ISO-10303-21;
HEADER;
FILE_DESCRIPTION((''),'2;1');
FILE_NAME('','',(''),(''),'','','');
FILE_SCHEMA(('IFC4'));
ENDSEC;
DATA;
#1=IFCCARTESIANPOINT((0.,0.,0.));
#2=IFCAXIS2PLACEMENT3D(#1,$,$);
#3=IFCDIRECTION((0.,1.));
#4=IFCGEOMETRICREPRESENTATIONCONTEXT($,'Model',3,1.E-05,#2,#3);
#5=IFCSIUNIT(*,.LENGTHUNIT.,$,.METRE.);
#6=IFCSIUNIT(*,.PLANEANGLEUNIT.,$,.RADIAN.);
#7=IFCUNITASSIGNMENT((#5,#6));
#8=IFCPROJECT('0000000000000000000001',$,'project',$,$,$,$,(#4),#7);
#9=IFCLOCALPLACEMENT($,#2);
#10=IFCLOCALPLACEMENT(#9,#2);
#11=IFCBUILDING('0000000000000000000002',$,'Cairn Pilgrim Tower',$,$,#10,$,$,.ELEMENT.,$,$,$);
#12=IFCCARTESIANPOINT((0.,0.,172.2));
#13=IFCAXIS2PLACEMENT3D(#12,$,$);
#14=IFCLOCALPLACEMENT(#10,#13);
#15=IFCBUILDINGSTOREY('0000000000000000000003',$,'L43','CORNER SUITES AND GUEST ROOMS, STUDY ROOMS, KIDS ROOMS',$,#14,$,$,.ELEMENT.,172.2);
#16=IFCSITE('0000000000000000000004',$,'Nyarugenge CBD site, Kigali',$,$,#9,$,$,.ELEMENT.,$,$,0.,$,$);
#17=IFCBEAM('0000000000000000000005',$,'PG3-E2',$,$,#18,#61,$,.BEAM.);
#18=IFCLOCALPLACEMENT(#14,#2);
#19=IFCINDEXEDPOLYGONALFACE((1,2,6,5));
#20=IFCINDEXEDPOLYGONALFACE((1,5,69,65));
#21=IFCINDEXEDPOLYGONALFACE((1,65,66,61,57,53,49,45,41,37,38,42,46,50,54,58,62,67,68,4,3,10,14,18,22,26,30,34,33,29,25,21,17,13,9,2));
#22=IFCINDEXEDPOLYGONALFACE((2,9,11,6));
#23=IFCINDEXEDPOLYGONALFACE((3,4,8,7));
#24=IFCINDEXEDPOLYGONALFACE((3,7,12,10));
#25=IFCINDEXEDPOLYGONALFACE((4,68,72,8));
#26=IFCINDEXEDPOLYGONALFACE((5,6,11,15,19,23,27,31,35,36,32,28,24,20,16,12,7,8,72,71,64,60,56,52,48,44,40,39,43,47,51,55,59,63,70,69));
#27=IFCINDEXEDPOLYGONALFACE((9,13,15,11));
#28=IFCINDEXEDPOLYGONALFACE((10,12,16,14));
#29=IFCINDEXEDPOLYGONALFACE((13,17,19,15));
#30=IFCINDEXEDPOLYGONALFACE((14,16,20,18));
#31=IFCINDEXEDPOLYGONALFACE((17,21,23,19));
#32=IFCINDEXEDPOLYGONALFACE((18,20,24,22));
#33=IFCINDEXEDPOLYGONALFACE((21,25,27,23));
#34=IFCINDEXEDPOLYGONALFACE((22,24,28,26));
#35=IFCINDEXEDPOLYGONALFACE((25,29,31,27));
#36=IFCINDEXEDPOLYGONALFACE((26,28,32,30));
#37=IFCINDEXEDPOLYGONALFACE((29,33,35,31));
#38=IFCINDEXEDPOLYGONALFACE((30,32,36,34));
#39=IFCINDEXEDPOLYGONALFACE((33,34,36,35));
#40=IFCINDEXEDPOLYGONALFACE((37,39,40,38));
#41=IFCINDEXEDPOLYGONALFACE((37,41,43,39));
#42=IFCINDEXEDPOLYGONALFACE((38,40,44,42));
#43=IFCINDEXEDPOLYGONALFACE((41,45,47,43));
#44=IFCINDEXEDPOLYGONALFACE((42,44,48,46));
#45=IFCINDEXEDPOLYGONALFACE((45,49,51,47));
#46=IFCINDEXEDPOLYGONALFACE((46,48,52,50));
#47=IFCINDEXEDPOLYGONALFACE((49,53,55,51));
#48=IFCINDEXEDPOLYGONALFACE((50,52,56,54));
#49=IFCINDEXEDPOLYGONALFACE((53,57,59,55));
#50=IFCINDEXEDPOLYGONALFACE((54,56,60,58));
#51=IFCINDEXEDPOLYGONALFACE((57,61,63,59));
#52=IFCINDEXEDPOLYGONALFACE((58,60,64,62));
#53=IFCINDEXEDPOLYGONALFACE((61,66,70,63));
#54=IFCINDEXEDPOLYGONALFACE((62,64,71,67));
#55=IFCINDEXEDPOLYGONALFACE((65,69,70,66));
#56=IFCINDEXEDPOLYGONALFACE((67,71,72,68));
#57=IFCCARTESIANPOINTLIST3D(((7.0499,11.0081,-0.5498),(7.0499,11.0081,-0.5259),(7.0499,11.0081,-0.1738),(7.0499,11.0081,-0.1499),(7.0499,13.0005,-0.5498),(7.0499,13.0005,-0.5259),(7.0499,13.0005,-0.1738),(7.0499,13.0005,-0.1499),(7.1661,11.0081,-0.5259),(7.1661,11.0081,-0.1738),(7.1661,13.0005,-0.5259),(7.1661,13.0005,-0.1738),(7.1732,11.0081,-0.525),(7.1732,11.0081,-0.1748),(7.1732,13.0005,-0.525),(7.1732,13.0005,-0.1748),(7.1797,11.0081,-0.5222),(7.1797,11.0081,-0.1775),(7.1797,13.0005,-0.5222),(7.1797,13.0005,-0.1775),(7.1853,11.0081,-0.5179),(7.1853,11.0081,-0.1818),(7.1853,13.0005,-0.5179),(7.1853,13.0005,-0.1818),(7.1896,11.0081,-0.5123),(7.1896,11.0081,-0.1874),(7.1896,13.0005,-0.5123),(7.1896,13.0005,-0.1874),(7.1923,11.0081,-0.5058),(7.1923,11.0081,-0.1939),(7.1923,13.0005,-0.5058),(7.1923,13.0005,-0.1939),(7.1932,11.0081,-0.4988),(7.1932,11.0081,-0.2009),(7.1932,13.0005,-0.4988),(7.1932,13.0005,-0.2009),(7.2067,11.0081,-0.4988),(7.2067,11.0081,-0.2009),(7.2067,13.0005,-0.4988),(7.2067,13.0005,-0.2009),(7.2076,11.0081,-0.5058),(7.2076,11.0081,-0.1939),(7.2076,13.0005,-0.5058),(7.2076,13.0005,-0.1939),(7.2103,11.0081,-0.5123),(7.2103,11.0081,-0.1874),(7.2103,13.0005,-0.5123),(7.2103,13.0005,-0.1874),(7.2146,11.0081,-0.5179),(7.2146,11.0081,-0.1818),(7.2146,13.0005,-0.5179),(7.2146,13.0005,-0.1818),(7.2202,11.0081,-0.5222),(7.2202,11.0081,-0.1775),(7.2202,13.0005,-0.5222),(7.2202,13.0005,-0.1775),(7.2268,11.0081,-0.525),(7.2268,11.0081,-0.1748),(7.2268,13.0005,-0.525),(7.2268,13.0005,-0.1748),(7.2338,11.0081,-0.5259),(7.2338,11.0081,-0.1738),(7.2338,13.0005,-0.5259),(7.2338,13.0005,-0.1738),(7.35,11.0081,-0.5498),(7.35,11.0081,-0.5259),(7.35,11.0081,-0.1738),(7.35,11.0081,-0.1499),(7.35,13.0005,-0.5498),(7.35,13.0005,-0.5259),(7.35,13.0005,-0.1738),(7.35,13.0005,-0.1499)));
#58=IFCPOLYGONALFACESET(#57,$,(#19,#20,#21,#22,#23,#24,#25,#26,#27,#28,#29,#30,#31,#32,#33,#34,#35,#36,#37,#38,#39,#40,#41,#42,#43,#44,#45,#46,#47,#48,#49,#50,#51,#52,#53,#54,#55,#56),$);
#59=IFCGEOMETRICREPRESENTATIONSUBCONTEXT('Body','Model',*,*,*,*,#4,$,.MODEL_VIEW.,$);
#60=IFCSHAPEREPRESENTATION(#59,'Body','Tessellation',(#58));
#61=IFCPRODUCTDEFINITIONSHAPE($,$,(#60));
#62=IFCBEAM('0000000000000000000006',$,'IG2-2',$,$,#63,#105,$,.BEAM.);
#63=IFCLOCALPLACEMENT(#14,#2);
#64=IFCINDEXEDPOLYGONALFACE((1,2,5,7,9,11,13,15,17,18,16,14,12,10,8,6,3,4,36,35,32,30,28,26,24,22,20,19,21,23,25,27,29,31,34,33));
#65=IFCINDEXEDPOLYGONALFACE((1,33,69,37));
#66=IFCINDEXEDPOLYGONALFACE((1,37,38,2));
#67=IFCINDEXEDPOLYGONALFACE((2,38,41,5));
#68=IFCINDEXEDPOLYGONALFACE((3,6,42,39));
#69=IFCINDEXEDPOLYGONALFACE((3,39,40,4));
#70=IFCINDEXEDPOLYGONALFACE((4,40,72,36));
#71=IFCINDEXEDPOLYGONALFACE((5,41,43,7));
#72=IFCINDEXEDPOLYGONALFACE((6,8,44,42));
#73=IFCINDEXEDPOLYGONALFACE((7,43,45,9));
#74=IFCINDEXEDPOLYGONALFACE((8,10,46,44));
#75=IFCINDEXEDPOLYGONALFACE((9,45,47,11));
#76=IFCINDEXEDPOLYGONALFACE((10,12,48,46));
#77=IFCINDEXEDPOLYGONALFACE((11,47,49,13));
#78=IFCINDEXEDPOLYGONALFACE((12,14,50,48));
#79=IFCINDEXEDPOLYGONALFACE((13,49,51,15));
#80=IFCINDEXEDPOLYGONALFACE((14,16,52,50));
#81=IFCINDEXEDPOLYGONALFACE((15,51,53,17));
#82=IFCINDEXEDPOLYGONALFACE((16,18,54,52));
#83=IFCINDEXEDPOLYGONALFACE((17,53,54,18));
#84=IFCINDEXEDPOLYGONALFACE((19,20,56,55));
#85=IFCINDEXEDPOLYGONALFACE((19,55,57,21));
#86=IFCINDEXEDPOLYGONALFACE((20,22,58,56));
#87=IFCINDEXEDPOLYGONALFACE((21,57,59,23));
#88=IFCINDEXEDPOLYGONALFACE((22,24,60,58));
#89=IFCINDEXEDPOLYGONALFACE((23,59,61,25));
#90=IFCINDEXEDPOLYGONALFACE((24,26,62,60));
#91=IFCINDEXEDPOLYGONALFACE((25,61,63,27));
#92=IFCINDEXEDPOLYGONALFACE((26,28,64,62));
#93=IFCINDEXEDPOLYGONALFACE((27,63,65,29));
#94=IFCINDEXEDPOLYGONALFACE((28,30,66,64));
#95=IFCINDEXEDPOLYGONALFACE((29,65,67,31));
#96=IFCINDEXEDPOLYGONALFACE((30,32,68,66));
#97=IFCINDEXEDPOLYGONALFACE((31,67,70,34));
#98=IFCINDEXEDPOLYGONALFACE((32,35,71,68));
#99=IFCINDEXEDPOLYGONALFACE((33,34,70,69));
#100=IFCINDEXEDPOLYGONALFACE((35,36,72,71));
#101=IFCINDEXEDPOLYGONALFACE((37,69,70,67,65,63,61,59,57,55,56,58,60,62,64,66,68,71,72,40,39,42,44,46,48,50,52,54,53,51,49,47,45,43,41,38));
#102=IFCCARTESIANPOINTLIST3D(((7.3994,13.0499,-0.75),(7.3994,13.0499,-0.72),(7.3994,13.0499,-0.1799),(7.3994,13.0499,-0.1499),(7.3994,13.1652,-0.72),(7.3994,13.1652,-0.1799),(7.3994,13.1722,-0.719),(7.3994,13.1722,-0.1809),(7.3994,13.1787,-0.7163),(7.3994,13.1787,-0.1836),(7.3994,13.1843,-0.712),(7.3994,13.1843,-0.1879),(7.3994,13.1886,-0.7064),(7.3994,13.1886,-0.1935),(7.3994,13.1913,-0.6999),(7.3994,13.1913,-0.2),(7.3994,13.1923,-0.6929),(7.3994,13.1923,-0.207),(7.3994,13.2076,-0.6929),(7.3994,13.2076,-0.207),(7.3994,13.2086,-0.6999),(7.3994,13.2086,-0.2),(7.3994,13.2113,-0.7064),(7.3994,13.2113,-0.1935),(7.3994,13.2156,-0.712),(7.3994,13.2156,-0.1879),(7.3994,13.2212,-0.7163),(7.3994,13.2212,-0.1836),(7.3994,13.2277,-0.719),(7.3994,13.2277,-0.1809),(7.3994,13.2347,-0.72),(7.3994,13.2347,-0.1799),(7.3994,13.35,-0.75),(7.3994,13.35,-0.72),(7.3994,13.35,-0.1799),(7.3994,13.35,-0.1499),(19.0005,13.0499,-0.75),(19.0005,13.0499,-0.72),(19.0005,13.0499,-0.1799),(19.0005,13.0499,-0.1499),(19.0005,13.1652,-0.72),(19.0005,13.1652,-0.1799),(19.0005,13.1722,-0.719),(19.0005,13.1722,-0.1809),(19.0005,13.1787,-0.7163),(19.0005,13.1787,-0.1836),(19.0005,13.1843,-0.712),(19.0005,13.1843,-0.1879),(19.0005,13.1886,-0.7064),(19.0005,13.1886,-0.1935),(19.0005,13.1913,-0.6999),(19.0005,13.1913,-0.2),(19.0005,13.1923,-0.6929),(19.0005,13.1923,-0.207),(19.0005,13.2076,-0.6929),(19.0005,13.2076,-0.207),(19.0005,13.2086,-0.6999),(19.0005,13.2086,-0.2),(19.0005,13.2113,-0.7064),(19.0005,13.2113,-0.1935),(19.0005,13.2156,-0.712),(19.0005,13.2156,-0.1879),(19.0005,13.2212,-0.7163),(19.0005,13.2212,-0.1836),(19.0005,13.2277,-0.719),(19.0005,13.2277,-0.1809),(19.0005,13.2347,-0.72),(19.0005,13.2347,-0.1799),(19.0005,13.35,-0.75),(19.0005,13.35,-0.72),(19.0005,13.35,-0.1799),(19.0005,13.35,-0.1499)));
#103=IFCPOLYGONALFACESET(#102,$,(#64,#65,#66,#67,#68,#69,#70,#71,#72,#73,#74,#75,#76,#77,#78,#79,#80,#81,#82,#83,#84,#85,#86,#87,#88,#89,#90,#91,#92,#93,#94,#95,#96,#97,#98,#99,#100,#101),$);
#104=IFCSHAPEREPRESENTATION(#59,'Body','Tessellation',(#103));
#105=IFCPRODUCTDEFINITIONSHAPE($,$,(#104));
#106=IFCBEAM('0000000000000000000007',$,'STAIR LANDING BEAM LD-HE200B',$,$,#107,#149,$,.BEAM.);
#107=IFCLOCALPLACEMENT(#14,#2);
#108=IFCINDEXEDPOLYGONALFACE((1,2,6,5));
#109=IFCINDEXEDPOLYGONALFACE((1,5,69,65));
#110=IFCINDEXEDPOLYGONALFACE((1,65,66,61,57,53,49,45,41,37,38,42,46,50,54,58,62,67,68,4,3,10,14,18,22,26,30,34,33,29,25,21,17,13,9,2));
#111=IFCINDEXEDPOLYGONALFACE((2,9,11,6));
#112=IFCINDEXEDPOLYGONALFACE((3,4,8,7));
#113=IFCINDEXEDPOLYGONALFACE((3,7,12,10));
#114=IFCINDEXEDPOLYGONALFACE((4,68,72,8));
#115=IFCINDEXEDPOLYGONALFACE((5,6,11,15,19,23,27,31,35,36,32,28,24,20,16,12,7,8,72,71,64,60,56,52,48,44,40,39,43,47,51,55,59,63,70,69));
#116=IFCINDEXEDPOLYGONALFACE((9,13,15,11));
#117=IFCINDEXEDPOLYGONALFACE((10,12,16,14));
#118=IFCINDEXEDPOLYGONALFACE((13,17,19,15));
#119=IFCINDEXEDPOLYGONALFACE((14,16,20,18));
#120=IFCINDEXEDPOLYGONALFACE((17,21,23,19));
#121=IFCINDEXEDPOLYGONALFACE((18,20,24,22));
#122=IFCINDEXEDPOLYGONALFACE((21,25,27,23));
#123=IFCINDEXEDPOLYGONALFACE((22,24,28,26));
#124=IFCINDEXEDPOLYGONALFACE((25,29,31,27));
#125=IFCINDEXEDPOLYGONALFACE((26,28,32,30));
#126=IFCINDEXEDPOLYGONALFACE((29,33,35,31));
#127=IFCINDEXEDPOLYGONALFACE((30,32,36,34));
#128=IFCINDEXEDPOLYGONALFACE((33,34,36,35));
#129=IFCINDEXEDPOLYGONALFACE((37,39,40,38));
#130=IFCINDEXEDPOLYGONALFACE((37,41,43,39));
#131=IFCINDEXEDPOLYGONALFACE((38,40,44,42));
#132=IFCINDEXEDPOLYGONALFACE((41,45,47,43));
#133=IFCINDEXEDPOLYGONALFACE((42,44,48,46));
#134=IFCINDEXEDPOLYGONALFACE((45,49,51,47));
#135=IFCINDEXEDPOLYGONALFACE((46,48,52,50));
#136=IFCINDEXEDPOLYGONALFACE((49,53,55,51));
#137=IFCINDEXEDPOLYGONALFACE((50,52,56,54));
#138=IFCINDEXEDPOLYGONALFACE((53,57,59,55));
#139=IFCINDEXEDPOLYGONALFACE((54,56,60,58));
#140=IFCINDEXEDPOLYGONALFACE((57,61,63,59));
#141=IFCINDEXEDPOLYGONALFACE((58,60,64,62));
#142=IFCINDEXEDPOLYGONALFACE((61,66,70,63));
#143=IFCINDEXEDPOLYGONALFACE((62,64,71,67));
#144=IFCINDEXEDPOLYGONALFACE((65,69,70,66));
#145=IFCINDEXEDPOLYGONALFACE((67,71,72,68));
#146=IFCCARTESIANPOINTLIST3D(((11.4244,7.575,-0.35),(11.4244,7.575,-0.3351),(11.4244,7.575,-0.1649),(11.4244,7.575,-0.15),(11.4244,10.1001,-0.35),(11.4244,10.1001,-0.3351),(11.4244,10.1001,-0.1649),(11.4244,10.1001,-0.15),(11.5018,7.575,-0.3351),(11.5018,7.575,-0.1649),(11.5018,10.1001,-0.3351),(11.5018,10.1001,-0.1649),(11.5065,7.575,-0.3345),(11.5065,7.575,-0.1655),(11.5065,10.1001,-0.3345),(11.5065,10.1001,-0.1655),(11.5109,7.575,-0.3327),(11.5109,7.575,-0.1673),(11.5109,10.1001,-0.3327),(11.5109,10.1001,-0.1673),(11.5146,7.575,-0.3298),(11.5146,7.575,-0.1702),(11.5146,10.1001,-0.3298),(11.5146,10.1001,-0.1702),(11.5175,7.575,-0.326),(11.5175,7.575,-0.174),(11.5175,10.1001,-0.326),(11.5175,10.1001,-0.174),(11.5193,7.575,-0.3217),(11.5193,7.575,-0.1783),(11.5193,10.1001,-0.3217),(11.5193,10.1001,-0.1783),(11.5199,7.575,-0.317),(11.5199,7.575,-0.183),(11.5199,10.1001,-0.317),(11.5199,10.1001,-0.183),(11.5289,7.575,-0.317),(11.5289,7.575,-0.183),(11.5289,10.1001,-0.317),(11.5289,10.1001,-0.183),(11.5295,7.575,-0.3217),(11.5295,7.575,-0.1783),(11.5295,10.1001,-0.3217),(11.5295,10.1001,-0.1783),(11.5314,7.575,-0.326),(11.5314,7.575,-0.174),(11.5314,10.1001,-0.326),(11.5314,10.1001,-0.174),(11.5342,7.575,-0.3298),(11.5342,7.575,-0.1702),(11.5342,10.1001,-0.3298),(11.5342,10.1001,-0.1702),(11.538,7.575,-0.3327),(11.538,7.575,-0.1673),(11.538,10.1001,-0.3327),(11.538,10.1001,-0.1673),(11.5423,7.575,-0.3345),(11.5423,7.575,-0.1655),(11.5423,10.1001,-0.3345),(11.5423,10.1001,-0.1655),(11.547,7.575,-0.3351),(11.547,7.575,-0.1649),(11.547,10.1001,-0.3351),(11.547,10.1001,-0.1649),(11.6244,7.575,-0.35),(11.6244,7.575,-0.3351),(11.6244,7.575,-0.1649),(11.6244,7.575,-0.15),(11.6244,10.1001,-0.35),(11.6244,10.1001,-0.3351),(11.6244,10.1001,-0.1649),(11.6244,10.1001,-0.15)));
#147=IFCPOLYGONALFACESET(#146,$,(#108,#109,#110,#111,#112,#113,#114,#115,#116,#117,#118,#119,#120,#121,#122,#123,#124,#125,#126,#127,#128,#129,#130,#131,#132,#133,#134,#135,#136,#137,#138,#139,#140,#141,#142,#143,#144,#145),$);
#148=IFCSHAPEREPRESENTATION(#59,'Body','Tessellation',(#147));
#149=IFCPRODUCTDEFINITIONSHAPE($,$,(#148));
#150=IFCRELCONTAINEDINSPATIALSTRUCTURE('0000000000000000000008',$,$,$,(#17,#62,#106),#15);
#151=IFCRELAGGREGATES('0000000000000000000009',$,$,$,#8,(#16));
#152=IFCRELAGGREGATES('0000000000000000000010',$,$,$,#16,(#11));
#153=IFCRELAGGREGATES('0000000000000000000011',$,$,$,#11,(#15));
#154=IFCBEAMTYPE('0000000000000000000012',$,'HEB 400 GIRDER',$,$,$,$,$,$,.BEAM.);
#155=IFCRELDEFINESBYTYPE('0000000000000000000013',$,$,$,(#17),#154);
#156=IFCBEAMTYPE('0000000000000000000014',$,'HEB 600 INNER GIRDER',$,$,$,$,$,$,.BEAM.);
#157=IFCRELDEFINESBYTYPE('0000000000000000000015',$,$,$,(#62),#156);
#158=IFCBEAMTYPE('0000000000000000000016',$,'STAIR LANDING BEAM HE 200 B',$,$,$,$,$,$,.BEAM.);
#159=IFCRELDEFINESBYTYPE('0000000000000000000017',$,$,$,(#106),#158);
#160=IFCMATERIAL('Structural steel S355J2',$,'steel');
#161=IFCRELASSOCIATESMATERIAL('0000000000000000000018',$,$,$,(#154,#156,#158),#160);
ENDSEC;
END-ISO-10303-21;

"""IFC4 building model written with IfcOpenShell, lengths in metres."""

from ifc_helpers import new_model, si_unit, direction, frame, origin, origin_2d, place, context, subcontext, project, spatial, i_section, extrude, material, material_profile, profile_set, type_object, element, save


model = new_model("IFC4")

# Units and contexts
model_context = context("Model", 3, precision=1e-05, world=origin(), true_north=direction((0.0, 1.0)))
body_context = subcontext(model_context, "Body", "Model", "MODEL_VIEW")
ifc_project = project(units=[si_unit("LENGTHUNIT", "METRE"), si_unit("PLANEANGLEUNIT", "RADIAN")], contexts=[model_context])

# Site, building, storey
site_placement = place(None, origin())
site = spatial("IfcSite", under=ifc_project, at=site_placement, Name="Nyarugenge CBD site, Kigali", CompositionType="ELEMENT", RefElevation=0.0)
building_placement = place(site_placement, origin())
building = spatial("IfcBuilding", under=site, at=building_placement, Name="Cairn Pilgrim Tower", CompositionType="ELEMENT")
storey_placement = place(building_placement, frame((0.0, 0.0, 172.2)))
storey = spatial("IfcBuildingStorey", under=building, at=storey_placement, Name="L43", Description="CORNER SUITES AND GUEST ROOMS, STUDY ROOMS, KIDS ROOMS", CompositionType="ELEMENT", Elevation=172.2)

# Shared definitions
ifc_material_1 = material(Name="Structural steel S355J2", Category="steel")

# Beams
ifc_material_profile_1 = material_profile(ifc_material_1, i_section(OverallWidth=0.3, OverallDepth=0.3999, WebThickness=0.0134, FlangeThickness=0.0239, FilletRadius=0.0271, at=origin_2d()), Name="HEB 400")
ifc_profile_set_1 = profile_set([ifc_material_profile_1], Name="Structural steel S355J2")
beam_type_1 = type_object("IfcBeamType", Name="HEB 400 GIRDER", PredefinedType="BEAM", material=ifc_profile_set_1)
beam_1_placement = place(storey_placement, frame((7.2, 11.0081, -0.3499), z_axis=(0.0, 1.0, 0.0), x_axis=(-1.0, 0.0, 0.0)))
element("IfcBeam", 1, at=beam_1_placement, inside=storey, type_object=beam_type_1, Name="PG3-E2", PredefinedType="BEAM", context=body_context, shape_type="SweptSolid", body=[
    extrude(i_section(OverallWidth=0.3, OverallDepth=0.3999, WebThickness=0.0134, FlangeThickness=0.0239, FilletRadius=0.0271, at=origin_2d()), origin(), (0.0, 0.0, 1.0), 1.9924),
])
ifc_material_profile_2 = material_profile(ifc_material_1, i_section(OverallWidth=0.3, OverallDepth=0.6001, WebThickness=0.0154, FlangeThickness=0.03, FilletRadius=0.0271, at=origin_2d()), Name="HEB 600")
ifc_profile_set_2 = profile_set([ifc_material_profile_2], Name="Structural steel S355J2")
beam_type_2 = type_object("IfcBeamType", Name="HEB 600 INNER GIRDER", PredefinedType="BEAM", material=ifc_profile_set_2)
beam_2_placement = place(storey_placement, frame((7.3994, 13.2, -0.45), z_axis=(1.0, 0.0, 0.0), x_axis=(0.0, 1.0, 0.0)))
element("IfcBeam", 2, at=beam_2_placement, inside=storey, type_object=beam_type_2, Name="IG2-2", PredefinedType="BEAM", context=body_context, shape_type="SweptSolid", body=[
    extrude(i_section(OverallWidth=0.3, OverallDepth=0.6001, WebThickness=0.0154, FlangeThickness=0.03, FilletRadius=0.0271, at=origin_2d()), origin(), (0.0, 0.0, 1.0), 11.6011),
])
ifc_material_profile_3 = material_profile(ifc_material_1, i_section(OverallWidth=0.2, OverallDepth=0.2, WebThickness=0.009, FlangeThickness=0.0149, FilletRadius=0.0181, at=origin_2d()), Name="HE 200 B")
ifc_profile_set_3 = profile_set([ifc_material_profile_3], Name="Structural steel S355J2")
beam_type_3 = type_object("IfcBeamType", Name="STAIR LANDING BEAM HE 200 B", PredefinedType="BEAM", material=ifc_profile_set_3)
beam_3_placement = place(storey_placement, frame((11.5244, 10.1001, -0.25), z_axis=(0.0, -1.0, 0.0), x_axis=(1.0, 0.0, 0.0)))
element("IfcBeam", 3, at=beam_3_placement, inside=storey, type_object=beam_type_3, Name="STAIR LANDING BEAM LD-HE200B", PredefinedType="BEAM", context=body_context, shape_type="SweptSolid", body=[
    extrude(i_section(OverallWidth=0.2, OverallDepth=0.2, WebThickness=0.009, FlangeThickness=0.0149, FilletRadius=0.0181, at=origin_2d()), origin(), (0.0, 0.0, 1.0), 2.5251),
])

save(model, "model.ifc")
